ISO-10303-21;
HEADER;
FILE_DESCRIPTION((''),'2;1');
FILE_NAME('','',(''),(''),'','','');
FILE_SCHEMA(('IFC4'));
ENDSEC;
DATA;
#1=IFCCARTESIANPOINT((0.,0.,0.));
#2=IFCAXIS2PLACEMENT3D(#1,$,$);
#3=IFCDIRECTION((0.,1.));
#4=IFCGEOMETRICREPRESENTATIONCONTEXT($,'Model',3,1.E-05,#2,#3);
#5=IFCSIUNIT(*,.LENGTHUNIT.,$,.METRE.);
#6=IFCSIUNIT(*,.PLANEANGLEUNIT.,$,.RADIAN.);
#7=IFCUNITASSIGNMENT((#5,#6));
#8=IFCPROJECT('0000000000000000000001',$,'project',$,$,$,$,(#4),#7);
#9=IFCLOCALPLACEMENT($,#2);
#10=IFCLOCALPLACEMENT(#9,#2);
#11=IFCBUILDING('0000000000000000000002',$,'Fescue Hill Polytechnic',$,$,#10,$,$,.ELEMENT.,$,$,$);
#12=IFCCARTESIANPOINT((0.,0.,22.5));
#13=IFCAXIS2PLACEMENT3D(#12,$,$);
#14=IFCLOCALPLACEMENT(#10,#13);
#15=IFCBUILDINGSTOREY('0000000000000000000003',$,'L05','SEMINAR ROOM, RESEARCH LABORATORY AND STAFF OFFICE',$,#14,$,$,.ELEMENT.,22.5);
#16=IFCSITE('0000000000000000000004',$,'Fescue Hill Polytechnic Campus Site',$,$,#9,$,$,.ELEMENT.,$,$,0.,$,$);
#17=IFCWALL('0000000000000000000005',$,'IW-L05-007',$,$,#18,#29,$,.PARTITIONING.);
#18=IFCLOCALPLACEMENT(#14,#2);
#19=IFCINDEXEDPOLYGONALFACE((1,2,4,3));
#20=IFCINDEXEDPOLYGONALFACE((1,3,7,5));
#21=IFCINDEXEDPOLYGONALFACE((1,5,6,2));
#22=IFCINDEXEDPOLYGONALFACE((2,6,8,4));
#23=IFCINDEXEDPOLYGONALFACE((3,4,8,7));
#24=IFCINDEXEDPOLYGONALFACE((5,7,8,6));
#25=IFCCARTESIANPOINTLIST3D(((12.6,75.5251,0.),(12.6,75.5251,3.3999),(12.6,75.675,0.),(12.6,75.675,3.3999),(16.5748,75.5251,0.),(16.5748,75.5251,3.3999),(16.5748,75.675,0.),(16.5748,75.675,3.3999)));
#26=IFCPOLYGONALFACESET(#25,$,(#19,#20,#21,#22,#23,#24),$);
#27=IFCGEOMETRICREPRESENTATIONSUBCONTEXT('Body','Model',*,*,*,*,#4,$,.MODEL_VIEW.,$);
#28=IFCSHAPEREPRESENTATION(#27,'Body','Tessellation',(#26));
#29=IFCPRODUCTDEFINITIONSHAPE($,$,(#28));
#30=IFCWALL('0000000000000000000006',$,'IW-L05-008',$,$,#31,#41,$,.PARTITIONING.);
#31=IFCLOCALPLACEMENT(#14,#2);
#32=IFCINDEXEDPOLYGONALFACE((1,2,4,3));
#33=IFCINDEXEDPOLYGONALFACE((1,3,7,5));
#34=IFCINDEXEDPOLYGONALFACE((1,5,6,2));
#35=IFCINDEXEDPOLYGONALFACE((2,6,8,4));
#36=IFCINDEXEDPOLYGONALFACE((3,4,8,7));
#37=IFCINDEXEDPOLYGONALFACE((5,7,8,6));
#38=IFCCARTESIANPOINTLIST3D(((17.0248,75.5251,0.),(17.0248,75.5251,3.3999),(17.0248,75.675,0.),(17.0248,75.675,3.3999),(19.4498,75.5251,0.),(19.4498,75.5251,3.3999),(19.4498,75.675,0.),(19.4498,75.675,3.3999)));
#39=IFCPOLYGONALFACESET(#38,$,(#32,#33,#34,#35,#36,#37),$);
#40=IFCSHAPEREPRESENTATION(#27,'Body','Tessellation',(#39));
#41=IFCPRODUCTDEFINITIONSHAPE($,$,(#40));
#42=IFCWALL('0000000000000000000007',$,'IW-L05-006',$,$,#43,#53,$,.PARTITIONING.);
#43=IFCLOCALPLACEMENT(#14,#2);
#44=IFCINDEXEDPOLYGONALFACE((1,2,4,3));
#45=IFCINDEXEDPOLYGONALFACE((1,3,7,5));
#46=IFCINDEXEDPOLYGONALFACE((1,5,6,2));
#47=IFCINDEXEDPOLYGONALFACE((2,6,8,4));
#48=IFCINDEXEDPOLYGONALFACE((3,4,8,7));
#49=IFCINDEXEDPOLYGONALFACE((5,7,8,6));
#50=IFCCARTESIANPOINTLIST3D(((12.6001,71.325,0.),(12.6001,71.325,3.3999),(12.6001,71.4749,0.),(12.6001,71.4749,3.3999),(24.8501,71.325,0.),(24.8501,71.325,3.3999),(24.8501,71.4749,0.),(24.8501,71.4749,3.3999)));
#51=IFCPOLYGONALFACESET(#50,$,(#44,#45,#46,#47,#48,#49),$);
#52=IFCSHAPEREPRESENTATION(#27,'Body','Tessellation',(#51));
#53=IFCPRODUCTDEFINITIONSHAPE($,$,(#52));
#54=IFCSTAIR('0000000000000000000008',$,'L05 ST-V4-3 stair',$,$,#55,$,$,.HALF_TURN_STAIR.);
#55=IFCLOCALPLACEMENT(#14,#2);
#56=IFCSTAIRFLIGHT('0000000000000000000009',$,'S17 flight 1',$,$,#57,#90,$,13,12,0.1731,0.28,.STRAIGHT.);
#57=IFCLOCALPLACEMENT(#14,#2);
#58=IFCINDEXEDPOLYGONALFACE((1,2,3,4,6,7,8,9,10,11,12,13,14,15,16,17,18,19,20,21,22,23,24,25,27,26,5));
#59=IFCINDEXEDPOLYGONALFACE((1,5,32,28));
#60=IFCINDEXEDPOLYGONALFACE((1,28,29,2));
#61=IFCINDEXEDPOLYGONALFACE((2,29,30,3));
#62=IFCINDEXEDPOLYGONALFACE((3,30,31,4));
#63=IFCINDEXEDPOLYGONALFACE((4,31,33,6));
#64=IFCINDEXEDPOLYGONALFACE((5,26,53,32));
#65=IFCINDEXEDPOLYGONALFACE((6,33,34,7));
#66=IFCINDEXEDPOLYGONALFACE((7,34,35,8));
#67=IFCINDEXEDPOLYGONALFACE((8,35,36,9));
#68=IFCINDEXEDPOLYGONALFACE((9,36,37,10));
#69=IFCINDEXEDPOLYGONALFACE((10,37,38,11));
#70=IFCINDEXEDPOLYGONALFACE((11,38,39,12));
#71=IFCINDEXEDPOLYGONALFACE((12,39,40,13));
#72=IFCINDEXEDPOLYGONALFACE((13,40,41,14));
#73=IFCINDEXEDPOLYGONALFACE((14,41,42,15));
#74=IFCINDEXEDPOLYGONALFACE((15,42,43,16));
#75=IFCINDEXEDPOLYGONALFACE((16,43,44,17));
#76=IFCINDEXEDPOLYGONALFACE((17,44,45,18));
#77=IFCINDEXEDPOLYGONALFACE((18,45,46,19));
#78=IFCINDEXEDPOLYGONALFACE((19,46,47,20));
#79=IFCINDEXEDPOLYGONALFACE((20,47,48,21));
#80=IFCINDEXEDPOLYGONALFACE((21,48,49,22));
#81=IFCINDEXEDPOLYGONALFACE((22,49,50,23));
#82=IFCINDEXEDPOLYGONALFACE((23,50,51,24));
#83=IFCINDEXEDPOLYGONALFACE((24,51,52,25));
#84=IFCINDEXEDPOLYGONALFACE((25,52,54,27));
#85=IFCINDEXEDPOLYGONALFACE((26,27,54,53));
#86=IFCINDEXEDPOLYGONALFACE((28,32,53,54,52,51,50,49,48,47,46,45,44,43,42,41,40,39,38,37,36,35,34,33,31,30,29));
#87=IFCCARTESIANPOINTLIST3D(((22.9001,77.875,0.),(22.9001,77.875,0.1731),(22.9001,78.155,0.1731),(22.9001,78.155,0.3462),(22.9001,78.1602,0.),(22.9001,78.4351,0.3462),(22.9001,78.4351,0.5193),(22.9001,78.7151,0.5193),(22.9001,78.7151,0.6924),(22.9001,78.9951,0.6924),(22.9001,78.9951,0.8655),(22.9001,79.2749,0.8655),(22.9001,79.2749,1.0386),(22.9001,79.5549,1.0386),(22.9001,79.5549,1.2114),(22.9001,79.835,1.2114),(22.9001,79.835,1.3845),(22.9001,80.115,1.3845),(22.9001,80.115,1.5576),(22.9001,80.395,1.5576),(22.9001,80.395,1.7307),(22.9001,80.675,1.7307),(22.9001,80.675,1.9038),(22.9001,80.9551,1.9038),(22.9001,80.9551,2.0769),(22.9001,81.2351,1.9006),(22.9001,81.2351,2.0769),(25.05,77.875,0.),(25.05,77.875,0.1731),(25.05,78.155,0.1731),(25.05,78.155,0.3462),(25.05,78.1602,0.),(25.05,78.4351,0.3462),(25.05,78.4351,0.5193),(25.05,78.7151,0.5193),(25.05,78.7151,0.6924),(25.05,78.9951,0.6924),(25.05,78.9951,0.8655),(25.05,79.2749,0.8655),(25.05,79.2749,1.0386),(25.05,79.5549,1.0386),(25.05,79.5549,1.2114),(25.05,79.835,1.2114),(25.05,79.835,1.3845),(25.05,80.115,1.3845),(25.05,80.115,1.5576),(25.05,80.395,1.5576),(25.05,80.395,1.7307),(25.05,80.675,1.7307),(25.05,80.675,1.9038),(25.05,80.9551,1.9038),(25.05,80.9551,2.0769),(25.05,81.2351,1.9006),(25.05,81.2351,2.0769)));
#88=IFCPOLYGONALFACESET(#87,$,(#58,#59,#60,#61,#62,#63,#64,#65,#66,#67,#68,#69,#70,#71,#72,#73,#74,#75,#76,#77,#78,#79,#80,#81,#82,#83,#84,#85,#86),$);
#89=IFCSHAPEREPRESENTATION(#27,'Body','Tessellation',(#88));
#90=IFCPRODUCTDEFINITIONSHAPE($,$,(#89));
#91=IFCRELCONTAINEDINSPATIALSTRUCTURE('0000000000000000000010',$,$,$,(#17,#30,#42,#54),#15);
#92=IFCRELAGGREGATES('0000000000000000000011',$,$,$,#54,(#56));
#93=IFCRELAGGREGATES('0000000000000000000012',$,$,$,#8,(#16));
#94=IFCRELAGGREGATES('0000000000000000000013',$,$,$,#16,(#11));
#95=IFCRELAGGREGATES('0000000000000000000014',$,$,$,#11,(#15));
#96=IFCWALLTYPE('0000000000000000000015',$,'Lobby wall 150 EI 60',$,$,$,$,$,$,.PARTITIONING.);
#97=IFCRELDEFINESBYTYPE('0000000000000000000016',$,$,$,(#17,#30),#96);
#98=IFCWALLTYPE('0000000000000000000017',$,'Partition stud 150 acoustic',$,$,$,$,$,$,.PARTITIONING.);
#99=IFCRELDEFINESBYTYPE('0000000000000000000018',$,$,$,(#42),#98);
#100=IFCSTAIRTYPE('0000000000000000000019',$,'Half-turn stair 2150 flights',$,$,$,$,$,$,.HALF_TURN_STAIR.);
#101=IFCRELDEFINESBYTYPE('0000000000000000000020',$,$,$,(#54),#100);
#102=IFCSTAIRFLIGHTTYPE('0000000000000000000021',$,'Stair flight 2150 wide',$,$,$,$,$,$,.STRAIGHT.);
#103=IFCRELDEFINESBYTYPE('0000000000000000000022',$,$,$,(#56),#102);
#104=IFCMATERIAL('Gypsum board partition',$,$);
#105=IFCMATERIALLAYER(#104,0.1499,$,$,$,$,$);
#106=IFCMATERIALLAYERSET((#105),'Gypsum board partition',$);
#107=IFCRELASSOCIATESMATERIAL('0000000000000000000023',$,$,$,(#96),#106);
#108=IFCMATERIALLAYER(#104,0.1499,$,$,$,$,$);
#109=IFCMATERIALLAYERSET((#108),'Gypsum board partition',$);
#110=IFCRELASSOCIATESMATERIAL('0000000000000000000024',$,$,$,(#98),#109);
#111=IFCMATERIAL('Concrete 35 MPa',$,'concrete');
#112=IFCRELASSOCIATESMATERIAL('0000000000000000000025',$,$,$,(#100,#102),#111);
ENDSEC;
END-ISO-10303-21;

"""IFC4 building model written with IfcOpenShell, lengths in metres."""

from ifc_helpers import new_model, si_unit, direction, frame, frame_2d, origin, place, context, subcontext, project, spatial, polyline, rectangle, outline, extrude, material, layer, layer_set, type_object, element, aggregate, save


model = new_model("IFC4")

# Units and contexts
model_context = context("Model", 3, precision=1e-05, world=origin(), true_north=direction((0.0, 1.0)))
body_context = subcontext(model_context, "Body", "Model", "MODEL_VIEW")
ifc_project = project(units=[si_unit("LENGTHUNIT", "METRE"), si_unit("PLANEANGLEUNIT", "RADIAN")], contexts=[model_context])

# Site, building, storey
site_placement = place(None, origin())
site = spatial("IfcSite", under=ifc_project, at=site_placement, Name="Fescue Hill Polytechnic Campus Site", CompositionType="ELEMENT", RefElevation=0.0)
building_placement = place(site_placement, origin())
building = spatial("IfcBuilding", under=site, at=building_placement, Name="Fescue Hill Polytechnic", CompositionType="ELEMENT")
storey_placement = place(building_placement, frame((0.0, 0.0, 22.5)))
storey = spatial("IfcBuildingStorey", under=building, at=storey_placement, Name="L05", Description="SEMINAR ROOM, RESEARCH LABORATORY AND STAFF OFFICE", CompositionType="ELEMENT", Elevation=22.5)

# Shared definitions
ifc_material_1 = material(Name="Concrete 35 MPa", Category="concrete")

# Shared definitions
ifc_material_2 = material(Name="Gypsum board partition")

# Walls
ifc_layer_1 = layer(ifc_material_2, 0.1499)
ifc_layer_set_1 = layer_set([ifc_layer_1], Name="Gypsum board partition")
wall_type_1 = type_object("IfcWallType", Name="Lobby wall 150 EI 60", PredefinedType="PARTITIONING", material=ifc_layer_set_1)
wall_1_placement = place(storey_placement, frame((12.6001, 75.6001, 0.0), z_axis=(0.0, 0.0, 1.0), x_axis=(1.0, 0.0, 0.0)))
element("IfcWall", 1, at=wall_1_placement, inside=storey, type_object=wall_type_1, Name="IW-L05-007", PredefinedType="PARTITIONING", context=body_context, shape_type="SweptSolid", body=[
    extrude(rectangle(XDim=3.9749, YDim=0.1499, at=frame_2d((1.9873, 0.0))), origin(), (0.0, 0.0, 1.0), 3.3999),
])
wall_2_placement = place(storey_placement, frame((17.0249, 75.6001, 0.0), z_axis=(0.0, 0.0, 1.0), x_axis=(1.0, 0.0, 0.0)))
element("IfcWall", 2, at=wall_2_placement, inside=storey, type_object=wall_type_1, Name="IW-L05-008", PredefinedType="PARTITIONING", context=body_context, shape_type="SweptSolid", body=[
    extrude(rectangle(XDim=2.425, YDim=0.1499, at=frame_2d((1.2124, 0.0))), origin(), (0.0, 0.0, 1.0), 3.3999),
])
ifc_layer_2 = layer(ifc_material_2, 0.1499)
ifc_layer_set_2 = layer_set([ifc_layer_2], Name="Gypsum board partition")
wall_type_2 = type_object("IfcWallType", Name="Partition stud 150 acoustic", PredefinedType="PARTITIONING", material=ifc_layer_set_2)
wall_3_placement = place(storey_placement, frame((12.6001, 71.3999, 0.0), z_axis=(0.0, 0.0, 1.0), x_axis=(1.0, 0.0, 0.0)))
element("IfcWall", 3, at=wall_3_placement, inside=storey, type_object=wall_type_2, Name="IW-L05-006", PredefinedType="PARTITIONING", context=body_context, shape_type="SweptSolid", body=[
    extrude(rectangle(XDim=12.25, YDim=0.1499, at=frame_2d((6.125, 0.0))), origin(), (0.0, 0.0, 1.0), 3.3999),
])

# Stair, stair flight
stair_type = type_object("IfcStairType", Name="Half-turn stair 2150 flights", PredefinedType="HALF_TURN_STAIR", material=ifc_material_1)
stair_placement = place(storey_placement, origin())
stair = element("IfcStair", 4, at=stair_placement, inside=storey, type_object=stair_type, Name="L05 ST-V4-3 stair", PredefinedType="HALF_TURN_STAIR")
stair_flight_type = type_object("IfcStairFlightType", Name="Stair flight 2150 wide", PredefinedType="STRAIGHT", material=ifc_material_1)
stair_flight_placement = place(storey_placement, frame((23.9751, 77.875, 0.0), z_axis=(0.0, 0.0, 1.0), x_axis=(0.0, 1.0, 0.0)))
stair_flight = element("IfcStairFlight", 5, at=stair_flight_placement, type_object=stair_flight_type, Name="S17 flight 1", NumberOfRisers=13, NumberOfTreads=12, PredefinedType="STRAIGHT", RiserHeight=0.1731, TreadLength=0.28, context=body_context, shape_type="SweptSolid", body=[
    extrude(outline(polyline([(0.0, 0.0), (0.0, 0.1731), (0.28, 0.1731), (0.28, 0.3462), (0.5601, 0.3462), (0.5601, 0.5193), (0.8401, 0.5193), (0.8401, 0.6924), (1.1201, 0.6924), (1.1201, 0.8655), (1.3999, 0.8655), (1.3999, 1.0386), (1.6799, 1.0386), (1.6799, 1.2114), (1.96, 1.2114), (1.96, 1.3845), (2.24, 1.3845), (2.24, 1.5576), (2.52, 1.5576), (2.52, 1.7307), (2.8, 1.7307), (2.8, 1.9038), (3.0801, 1.9038), (3.0801, 2.0769), (3.3601, 2.0769), (3.3601, 2.25), (3.3601, 1.9006), (0.2852, 0.0), (0.0, 0.0)])), frame((0.0, 1.075, 0.0), z_axis=(0.0, -1.0, 0.0), x_axis=(1.0, 0.0, 0.0)), (0.0, 0.0, 1.0), 2.1499),
])
aggregate(stair, [stair_flight])

save(model, "model.ifc")
